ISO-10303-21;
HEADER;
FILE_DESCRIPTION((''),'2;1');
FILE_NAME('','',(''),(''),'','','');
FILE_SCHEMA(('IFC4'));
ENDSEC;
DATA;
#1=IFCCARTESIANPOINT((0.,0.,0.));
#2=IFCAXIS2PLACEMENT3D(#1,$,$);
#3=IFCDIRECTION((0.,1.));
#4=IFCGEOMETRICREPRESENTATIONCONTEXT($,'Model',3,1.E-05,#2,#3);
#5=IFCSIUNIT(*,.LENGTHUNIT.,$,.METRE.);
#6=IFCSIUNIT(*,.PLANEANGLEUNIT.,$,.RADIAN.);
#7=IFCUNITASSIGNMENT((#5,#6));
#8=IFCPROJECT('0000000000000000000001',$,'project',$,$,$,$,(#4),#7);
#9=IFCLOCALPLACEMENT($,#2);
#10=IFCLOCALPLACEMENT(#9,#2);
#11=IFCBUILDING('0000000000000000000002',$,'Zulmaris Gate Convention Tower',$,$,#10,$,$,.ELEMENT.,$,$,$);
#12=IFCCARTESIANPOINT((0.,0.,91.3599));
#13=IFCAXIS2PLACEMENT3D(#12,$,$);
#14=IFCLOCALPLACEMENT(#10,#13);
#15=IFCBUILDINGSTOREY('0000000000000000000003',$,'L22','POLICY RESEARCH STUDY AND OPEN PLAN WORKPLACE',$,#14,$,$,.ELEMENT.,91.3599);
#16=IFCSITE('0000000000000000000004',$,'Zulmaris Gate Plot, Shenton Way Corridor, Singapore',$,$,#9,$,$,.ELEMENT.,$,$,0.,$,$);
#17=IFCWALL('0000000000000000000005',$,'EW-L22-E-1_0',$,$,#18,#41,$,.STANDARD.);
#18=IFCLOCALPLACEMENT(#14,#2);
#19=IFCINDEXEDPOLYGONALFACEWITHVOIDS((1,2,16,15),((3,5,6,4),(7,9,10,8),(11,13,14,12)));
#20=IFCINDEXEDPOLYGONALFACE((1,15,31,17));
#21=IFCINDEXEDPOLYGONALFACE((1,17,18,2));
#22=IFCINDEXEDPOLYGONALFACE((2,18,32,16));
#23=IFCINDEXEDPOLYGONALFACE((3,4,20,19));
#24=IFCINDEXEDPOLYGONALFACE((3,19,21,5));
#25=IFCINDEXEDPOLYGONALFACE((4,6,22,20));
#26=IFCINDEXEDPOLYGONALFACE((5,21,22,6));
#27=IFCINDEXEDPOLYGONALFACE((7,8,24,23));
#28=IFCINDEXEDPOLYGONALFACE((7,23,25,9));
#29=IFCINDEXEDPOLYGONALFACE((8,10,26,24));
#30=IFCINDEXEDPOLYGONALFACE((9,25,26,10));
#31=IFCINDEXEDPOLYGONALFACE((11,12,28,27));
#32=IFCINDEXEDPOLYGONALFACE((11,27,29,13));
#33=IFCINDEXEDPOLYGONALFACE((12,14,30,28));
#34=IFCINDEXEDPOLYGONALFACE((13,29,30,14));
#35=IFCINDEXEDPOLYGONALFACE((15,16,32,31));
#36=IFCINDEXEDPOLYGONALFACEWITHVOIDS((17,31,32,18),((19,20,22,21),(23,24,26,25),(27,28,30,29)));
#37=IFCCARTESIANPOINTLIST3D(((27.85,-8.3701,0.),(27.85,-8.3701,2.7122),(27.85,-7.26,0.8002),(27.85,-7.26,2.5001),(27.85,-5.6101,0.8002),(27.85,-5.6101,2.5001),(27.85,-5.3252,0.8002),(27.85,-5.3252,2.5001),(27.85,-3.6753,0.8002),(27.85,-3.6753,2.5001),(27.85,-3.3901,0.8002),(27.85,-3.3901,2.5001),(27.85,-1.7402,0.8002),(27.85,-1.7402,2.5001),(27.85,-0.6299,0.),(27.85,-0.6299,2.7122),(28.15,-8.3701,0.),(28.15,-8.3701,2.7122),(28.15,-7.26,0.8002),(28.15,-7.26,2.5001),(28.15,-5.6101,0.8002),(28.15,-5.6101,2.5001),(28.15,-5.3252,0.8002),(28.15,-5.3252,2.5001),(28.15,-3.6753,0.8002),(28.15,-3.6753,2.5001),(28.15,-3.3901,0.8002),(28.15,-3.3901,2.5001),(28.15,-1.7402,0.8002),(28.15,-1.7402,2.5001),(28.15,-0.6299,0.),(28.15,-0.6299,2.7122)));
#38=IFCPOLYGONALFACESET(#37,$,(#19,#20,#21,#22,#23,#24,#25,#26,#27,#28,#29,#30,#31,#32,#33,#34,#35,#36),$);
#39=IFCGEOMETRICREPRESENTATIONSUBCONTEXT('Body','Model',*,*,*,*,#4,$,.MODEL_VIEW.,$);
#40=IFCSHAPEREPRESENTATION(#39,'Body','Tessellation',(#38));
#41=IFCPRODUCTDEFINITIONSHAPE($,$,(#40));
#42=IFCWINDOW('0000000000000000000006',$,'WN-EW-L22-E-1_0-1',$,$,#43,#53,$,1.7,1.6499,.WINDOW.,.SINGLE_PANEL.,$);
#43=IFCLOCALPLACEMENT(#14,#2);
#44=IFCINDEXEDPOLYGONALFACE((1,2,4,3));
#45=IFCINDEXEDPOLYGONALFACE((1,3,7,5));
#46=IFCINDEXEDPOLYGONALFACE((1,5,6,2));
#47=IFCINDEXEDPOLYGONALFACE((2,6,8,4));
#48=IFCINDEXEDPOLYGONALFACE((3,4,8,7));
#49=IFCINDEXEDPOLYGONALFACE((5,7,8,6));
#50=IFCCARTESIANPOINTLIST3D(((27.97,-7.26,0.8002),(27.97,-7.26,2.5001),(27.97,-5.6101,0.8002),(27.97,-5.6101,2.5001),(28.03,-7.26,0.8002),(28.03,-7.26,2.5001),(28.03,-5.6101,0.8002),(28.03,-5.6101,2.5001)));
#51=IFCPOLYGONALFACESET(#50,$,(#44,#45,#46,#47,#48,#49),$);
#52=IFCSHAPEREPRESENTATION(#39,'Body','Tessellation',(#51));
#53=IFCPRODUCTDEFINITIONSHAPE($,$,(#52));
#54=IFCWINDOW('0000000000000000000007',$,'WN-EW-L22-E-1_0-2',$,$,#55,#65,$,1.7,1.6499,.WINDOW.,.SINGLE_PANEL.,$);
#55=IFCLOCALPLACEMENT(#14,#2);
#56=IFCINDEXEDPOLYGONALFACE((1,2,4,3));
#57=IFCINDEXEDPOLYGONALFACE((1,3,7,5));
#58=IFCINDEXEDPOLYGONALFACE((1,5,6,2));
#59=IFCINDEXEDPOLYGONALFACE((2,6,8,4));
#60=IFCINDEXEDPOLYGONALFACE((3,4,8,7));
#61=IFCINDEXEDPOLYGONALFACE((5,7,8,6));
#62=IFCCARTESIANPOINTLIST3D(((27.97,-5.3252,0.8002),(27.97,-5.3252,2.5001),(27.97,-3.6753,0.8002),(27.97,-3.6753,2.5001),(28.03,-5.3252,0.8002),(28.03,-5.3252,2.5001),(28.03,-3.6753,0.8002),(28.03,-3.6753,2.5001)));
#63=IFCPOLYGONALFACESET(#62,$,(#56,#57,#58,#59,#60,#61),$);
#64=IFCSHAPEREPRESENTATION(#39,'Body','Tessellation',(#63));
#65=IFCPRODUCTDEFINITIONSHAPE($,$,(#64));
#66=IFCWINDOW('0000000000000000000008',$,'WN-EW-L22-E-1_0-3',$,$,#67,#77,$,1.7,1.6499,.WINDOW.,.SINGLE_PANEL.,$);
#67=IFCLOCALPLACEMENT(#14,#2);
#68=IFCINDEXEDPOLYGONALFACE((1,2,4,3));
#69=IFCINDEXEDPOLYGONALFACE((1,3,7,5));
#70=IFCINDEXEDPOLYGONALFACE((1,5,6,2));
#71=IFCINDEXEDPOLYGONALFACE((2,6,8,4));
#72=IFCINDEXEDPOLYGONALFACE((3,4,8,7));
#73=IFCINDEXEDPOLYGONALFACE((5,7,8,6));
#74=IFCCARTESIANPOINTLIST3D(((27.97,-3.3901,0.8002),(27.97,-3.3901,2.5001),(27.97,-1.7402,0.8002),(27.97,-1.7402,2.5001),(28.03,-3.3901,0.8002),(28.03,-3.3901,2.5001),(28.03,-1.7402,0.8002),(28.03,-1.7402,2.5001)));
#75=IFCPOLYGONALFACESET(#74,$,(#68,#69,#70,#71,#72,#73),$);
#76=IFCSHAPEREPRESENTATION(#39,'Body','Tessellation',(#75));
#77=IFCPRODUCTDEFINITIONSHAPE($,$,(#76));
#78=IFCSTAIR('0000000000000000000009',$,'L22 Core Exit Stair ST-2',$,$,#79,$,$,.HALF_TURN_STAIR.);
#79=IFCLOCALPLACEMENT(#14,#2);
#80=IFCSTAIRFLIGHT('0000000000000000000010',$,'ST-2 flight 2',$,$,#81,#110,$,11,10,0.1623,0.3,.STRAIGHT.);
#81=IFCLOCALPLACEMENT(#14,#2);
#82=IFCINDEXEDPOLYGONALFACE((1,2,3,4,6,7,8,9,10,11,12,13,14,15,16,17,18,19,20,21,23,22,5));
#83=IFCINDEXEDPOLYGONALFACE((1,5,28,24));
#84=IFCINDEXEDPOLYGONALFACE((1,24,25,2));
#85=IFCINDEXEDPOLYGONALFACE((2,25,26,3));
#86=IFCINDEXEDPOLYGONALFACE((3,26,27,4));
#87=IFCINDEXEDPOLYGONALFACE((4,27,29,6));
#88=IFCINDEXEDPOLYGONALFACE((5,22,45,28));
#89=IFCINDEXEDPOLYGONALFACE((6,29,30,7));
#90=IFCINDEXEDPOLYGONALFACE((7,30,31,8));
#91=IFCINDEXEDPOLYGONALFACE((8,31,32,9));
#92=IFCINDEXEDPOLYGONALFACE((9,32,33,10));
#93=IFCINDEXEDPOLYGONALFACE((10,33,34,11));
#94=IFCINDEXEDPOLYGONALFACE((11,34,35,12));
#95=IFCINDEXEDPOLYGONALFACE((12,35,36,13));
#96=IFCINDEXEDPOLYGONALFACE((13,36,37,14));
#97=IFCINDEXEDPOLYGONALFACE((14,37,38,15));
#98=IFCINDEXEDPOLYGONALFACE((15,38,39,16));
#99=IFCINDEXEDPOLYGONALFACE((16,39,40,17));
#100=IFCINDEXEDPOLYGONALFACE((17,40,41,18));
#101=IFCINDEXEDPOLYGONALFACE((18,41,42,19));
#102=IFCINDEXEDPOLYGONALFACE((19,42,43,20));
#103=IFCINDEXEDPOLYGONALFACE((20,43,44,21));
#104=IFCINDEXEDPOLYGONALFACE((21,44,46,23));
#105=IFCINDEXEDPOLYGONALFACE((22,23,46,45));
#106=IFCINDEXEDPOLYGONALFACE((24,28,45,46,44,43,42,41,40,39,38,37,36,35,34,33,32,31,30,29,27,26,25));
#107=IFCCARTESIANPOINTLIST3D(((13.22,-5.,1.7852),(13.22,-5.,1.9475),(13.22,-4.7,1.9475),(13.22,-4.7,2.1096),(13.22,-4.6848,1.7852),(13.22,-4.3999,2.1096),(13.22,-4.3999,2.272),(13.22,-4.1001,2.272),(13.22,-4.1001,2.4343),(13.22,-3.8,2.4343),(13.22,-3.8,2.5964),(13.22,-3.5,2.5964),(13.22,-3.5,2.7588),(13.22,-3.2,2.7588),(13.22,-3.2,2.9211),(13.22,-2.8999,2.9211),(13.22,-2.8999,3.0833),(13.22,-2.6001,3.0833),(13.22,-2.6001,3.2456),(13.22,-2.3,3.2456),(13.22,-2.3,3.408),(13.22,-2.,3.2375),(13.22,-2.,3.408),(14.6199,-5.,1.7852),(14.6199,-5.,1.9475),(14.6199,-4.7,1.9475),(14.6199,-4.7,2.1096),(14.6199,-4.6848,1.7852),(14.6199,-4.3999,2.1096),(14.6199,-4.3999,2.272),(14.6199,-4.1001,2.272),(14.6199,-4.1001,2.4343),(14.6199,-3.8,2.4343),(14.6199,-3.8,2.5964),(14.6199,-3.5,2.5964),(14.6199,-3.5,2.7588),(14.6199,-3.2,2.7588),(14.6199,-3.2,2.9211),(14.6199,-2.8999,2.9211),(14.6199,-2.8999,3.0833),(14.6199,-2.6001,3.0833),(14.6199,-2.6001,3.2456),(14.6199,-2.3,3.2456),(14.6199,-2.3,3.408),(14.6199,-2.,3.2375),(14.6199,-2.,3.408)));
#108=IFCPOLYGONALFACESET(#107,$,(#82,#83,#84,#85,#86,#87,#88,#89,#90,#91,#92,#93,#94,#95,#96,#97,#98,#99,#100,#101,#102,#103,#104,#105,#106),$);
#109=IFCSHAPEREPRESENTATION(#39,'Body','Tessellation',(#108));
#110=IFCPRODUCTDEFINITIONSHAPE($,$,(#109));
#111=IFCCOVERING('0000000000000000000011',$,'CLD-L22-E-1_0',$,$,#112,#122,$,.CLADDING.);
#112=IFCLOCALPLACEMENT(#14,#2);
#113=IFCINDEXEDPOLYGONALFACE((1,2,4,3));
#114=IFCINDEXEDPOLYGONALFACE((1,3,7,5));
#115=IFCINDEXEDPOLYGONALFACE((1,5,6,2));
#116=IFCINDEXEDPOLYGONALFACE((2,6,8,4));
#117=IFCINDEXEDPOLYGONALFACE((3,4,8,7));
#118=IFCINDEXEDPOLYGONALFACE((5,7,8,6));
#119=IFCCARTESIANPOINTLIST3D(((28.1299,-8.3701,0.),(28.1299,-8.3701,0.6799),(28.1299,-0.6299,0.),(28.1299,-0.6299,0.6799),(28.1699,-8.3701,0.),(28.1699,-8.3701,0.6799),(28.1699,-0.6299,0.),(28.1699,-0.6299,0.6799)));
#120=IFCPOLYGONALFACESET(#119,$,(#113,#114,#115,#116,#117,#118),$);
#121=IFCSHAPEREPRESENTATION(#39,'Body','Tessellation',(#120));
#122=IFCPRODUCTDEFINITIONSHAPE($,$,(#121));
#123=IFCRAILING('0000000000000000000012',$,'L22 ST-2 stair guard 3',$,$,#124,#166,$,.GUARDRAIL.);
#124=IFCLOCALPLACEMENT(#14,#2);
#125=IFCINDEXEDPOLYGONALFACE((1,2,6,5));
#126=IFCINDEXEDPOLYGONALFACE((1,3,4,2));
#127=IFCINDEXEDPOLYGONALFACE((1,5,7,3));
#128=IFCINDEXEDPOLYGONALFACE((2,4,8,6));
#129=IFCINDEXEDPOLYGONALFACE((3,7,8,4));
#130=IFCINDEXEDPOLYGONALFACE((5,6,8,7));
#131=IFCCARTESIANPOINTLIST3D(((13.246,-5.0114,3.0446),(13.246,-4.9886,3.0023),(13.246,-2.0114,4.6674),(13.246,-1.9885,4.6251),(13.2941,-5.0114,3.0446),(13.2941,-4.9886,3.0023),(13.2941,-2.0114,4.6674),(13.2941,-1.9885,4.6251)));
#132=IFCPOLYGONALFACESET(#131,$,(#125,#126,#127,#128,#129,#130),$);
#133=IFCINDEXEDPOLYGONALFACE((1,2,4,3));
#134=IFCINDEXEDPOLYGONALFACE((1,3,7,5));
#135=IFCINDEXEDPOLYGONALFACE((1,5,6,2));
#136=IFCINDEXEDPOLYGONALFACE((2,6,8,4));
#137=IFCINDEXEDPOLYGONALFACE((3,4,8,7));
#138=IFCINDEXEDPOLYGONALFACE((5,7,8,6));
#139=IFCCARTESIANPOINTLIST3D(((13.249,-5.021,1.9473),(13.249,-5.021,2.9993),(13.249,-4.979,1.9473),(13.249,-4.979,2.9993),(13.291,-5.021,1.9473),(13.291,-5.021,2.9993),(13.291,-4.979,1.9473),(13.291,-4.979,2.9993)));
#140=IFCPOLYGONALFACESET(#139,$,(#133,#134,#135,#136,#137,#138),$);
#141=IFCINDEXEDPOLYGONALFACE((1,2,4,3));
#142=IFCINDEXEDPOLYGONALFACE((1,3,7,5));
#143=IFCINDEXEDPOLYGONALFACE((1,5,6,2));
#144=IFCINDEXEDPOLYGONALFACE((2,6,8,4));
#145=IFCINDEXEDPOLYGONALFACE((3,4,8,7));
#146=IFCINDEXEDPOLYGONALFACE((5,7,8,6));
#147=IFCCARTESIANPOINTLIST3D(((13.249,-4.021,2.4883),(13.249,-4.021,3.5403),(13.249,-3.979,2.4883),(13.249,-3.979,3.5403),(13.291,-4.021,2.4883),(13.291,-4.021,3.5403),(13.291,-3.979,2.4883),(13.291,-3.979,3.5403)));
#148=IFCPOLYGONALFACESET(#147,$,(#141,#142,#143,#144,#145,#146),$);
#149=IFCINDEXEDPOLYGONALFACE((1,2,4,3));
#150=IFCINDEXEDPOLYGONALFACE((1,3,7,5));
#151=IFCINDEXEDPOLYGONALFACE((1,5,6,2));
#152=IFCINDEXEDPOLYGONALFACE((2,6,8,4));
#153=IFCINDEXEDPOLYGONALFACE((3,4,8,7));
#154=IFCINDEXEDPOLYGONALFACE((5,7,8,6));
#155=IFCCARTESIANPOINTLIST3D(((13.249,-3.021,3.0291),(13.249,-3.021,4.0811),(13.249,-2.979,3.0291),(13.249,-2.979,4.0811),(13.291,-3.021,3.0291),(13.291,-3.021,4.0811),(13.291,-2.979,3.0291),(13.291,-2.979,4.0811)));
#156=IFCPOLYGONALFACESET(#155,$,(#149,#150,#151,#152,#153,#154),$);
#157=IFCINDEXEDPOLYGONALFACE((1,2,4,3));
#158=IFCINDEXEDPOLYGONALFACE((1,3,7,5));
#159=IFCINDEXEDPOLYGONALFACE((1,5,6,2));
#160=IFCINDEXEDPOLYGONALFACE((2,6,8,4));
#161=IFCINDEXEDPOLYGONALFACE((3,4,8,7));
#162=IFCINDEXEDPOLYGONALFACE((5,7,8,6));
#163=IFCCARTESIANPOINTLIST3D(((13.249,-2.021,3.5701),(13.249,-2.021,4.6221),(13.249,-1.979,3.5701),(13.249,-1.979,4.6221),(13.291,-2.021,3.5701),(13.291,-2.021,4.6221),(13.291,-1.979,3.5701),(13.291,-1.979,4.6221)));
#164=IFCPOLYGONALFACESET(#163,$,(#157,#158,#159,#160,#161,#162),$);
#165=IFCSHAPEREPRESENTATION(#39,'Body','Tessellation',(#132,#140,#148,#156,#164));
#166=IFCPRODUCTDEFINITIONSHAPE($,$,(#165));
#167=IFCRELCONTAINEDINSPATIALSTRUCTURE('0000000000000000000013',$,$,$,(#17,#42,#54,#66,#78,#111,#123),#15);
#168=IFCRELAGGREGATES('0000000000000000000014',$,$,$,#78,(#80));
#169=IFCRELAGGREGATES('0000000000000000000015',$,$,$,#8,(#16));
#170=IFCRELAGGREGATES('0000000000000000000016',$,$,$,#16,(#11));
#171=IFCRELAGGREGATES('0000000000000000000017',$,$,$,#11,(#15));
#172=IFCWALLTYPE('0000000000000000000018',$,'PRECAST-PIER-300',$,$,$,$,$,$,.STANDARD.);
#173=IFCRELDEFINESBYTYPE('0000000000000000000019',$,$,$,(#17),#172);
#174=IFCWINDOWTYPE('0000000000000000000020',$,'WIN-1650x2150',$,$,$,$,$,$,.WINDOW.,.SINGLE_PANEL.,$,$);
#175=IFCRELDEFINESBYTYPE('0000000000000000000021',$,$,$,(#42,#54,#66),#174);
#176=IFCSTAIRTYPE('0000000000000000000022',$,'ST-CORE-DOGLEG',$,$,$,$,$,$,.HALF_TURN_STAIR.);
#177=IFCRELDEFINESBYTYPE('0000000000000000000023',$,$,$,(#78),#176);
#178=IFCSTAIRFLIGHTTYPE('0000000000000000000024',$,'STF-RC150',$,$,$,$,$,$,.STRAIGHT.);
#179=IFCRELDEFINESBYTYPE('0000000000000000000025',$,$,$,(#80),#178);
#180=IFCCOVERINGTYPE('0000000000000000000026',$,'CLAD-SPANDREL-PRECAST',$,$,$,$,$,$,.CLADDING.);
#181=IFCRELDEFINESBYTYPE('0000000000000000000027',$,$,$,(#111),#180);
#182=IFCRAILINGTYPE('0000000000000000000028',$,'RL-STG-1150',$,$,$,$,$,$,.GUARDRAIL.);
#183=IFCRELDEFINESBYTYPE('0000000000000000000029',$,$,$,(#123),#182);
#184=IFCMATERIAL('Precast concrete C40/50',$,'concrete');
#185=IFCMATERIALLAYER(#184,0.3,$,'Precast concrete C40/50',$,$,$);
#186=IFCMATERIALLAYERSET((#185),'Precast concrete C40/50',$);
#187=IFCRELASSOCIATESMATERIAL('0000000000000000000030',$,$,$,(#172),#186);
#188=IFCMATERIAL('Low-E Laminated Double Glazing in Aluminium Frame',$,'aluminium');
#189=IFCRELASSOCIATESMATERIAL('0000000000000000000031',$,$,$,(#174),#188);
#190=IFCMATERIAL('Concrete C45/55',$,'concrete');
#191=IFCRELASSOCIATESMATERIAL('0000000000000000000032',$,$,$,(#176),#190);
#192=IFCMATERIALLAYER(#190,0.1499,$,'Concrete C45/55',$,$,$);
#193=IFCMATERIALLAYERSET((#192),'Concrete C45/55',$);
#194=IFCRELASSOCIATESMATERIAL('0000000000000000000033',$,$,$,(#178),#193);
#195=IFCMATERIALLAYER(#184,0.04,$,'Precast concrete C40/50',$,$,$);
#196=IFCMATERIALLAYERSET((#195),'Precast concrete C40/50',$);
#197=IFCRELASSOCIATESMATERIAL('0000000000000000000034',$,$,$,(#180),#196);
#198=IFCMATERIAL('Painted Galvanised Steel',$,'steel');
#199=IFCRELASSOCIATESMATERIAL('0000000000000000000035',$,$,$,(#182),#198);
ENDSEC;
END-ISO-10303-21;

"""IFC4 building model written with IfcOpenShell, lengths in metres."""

from ifc_helpers import new_model, si_unit, direction, frame, frame_2d, origin, origin_2d, place, context, subcontext, project, spatial, polyline, rectangle, outline, extrude, material, layer, layer_set, type_object, element, fill, aggregate, save


model = new_model("IFC4")

# Units and contexts
model_context = context("Model", 3, precision=1e-05, world=origin(), true_north=direction((0.0, 1.0)))
body_context = subcontext(model_context, "Body", "Model", "MODEL_VIEW")
ifc_project = project(units=[si_unit("LENGTHUNIT", "METRE"), si_unit("PLANEANGLEUNIT", "RADIAN")], contexts=[model_context])

# Site, building, storey
site_placement = place(None, origin())
site = spatial("IfcSite", under=ifc_project, at=site_placement, Name="Zulmaris Gate Plot, Shenton Way Corridor, Singapore", CompositionType="ELEMENT", RefElevation=0.0)
building_placement = place(site_placement, origin())
building = spatial("IfcBuilding", under=site, at=building_placement, Name="Zulmaris Gate Convention Tower", CompositionType="ELEMENT")
storey_placement = place(building_placement, frame((0.0, 0.0, 91.3599)))
storey = spatial("IfcBuildingStorey", under=building, at=storey_placement, Name="L22", Description="POLICY RESEARCH STUDY AND OPEN PLAN WORKPLACE", CompositionType="ELEMENT", Elevation=91.3599)

# Wall, openings, windows
ifc_material_1 = material(Name="Precast concrete C40/50", Category="concrete")
ifc_layer_1 = layer(ifc_material_1, 0.3, Name="Precast concrete C40/50")
ifc_layer_set_1 = layer_set([ifc_layer_1], Name="Precast concrete C40/50")
wall_type_1 = type_object("IfcWallType", Name="PRECAST-PIER-300", PredefinedType="STANDARD", material=ifc_layer_set_1)
wall_1_placement = place(storey_placement, frame((28.0, -8.3701, 0.0), z_axis=(0.0, 0.0, 1.0), x_axis=(0.0, 1.0, 0.0)))
wall_1 = element("IfcWall", 1, at=wall_1_placement, inside=storey, type_object=wall_type_1, Name="EW-L22-E-1_0", PredefinedType="STANDARD", context=body_context, shape_type="SweptSolid", body=[
    extrude(rectangle(XDim=7.7402, YDim=0.3, at=frame_2d((3.8701, 0.0))), origin(), (0.0, 0.0, 1.0), 2.7122),
])
opening_1_placement = place(wall_1_placement, frame((1.1101, 0.0, 0.8)))
opening_1 = element("IfcOpeningElement", 2, at=opening_1_placement, cuts=wall_1, PredefinedType="OPENING", context=body_context, shape_type="SweptSolid", body=[
    extrude(rectangle(XDim=1.6499, YDim=1.7, at=frame_2d((0.825, 0.8501))), frame((0.0, 0.1602, 0.0), z_axis=(0.0, -1.0, 0.0), x_axis=(1.0, 0.0, 0.0)), (0.0, 0.0, 1.0), 0.3201),
])
opening_2_placement = place(wall_1_placement, frame((3.0449, 0.0, 0.8)))
opening_2 = element("IfcOpeningElement", 3, at=opening_2_placement, cuts=wall_1, PredefinedType="OPENING", context=body_context, shape_type="SweptSolid", body=[
    extrude(rectangle(XDim=1.6499, YDim=1.7, at=frame_2d((0.825, 0.8501))), frame((0.0, 0.1602, 0.0), z_axis=(0.0, -1.0, 0.0), x_axis=(1.0, 0.0, 0.0)), (0.0, 0.0, 1.0), 0.3201),
])
opening_3_placement = place(wall_1_placement, frame((4.98, 0.0, 0.8)))
opening_3 = element("IfcOpeningElement", 4, at=opening_3_placement, cuts=wall_1, PredefinedType="OPENING", context=body_context, shape_type="SweptSolid", body=[
    extrude(rectangle(XDim=1.6499, YDim=1.7, at=frame_2d((0.825, 0.8501))), frame((0.0, 0.1602, 0.0), z_axis=(0.0, -1.0, 0.0), x_axis=(1.0, 0.0, 0.0)), (0.0, 0.0, 1.0), 0.3201),
])
ifc_material_2 = material(Name="Low-E Laminated Double Glazing in Aluminium Frame", Category="aluminium")
window_type = type_object("IfcWindowType", Name="WIN-1650x2150", PartitioningType="SINGLE_PANEL", PredefinedType="WINDOW", material=ifc_material_2)
window_1_placement = place(opening_1_placement, origin())
window_1 = element("IfcWindow", 5, at=window_1_placement, inside=storey, type_object=window_type, Name="WN-EW-L22-E-1_0-1", OverallHeight=1.7, OverallWidth=1.6499, PartitioningType="SINGLE_PANEL", PredefinedType="WINDOW", context=body_context, shape_type="SweptSolid", body=[
    extrude(rectangle(XDim=1.6499, YDim=1.7, at=frame_2d((0.825, 0.8501))), frame((0.0, 0.03, 0.0), z_axis=(0.0, -1.0, 0.0), x_axis=(1.0, 0.0, 0.0)), (0.0, 0.0, 1.0), 0.0601),
])
fill(opening_1, window_1)
window_2_placement = place(opening_2_placement, origin())
window_2 = element("IfcWindow", 6, at=window_2_placement, inside=storey, type_object=window_type, Name="WN-EW-L22-E-1_0-2", OverallHeight=1.7, OverallWidth=1.6499, PartitioningType="SINGLE_PANEL", PredefinedType="WINDOW", context=body_context, shape_type="SweptSolid", body=[
    extrude(rectangle(XDim=1.6499, YDim=1.7, at=frame_2d((0.825, 0.8501))), frame((0.0, 0.03, 0.0), z_axis=(0.0, -1.0, 0.0), x_axis=(1.0, 0.0, 0.0)), (0.0, 0.0, 1.0), 0.0601),
])
fill(opening_2, window_2)
window_3_placement = place(opening_3_placement, origin())
window_3 = element("IfcWindow", 7, at=window_3_placement, inside=storey, type_object=window_type, Name="WN-EW-L22-E-1_0-3", OverallHeight=1.7, OverallWidth=1.6499, PartitioningType="SINGLE_PANEL", PredefinedType="WINDOW", context=body_context, shape_type="SweptSolid", body=[
    extrude(rectangle(XDim=1.6499, YDim=1.7, at=frame_2d((0.825, 0.8501))), frame((0.0, 0.03, 0.0), z_axis=(0.0, -1.0, 0.0), x_axis=(1.0, 0.0, 0.0)), (0.0, 0.0, 1.0), 0.0601),
])
fill(opening_3, window_3)

# Stair, stair flight
ifc_material_3 = material(Name="Concrete C45/55", Category="concrete")
stair_type = type_object("IfcStairType", Name="ST-CORE-DOGLEG", PredefinedType="HALF_TURN_STAIR", material=ifc_material_3)
stair_placement = place(storey_placement, origin())
stair = element("IfcStair", 8, at=stair_placement, inside=storey, type_object=stair_type, Name="L22 Core Exit Stair ST-2", PredefinedType="HALF_TURN_STAIR")
ifc_layer_2 = layer(ifc_material_3, 0.1499, Name="Concrete C45/55")
ifc_layer_set_2 = layer_set([ifc_layer_2], Name="Concrete C45/55")
stair_flight_type = type_object("IfcStairFlightType", Name="STF-RC150", PredefinedType="STRAIGHT", material=ifc_layer_set_2)
stair_flight_placement = place(storey_placement, frame((13.9199, -5.0, 1.7852), z_axis=(0.0, 0.0, 1.0), x_axis=(0.0, 1.0, 0.0)))
stair_flight = element("IfcStairFlight", 9, at=stair_flight_placement, type_object=stair_flight_type, Name="ST-2 flight 2", NumberOfRisers=11, NumberOfTreads=10, PredefinedType="STRAIGHT", RiserHeight=0.1623, TreadLength=0.3, context=body_context, shape_type="SweptSolid", body=[
    extrude(outline(polyline([(0.0, 0.0), (0.0, 0.1624), (0.3, 0.1624), (0.3, 0.3245), (0.6001, 0.3245), (0.6001, 0.4868), (0.8999, 0.4868), (0.8999, 0.6492), (1.2, 0.6492), (1.2, 0.8113), (1.5, 0.8113), (1.5, 0.9736), (1.8, 0.9736), (1.8, 1.136), (2.1001, 1.136), (2.1001, 1.2981), (2.3999, 1.2981), (2.3999, 1.4604), (2.7, 1.4604), (2.7, 1.6228), (3.0, 1.6228), (3.0, 1.7849), (3.0, 1.4524), (0.3152, 0.0), (0.0, 0.0)])), frame((0.0, 0.7, 0.0), z_axis=(0.0, -1.0, 0.0), x_axis=(1.0, 0.0, 0.0)), (0.0, 0.0, 1.0), 1.3999),
])
aggregate(stair, [stair_flight])

# Covering
ifc_layer_3 = layer(ifc_material_1, 0.04, Name="Precast concrete C40/50")
ifc_layer_set_3 = layer_set([ifc_layer_3], Name="Precast concrete C40/50")
covering_type = type_object("IfcCoveringType", Name="CLAD-SPANDREL-PRECAST", PredefinedType="CLADDING", material=ifc_layer_set_3)
covering_placement = place(storey_placement, frame((28.1499, -8.3701, 0.0), z_axis=(0.0, 0.0, 1.0), x_axis=(0.0, 1.0, 0.0)))
element("IfcCovering", 10, at=covering_placement, inside=storey, type_object=covering_type, Name="CLD-L22-E-1_0", PredefinedType="CLADDING", context=body_context, shape_type="SweptSolid", body=[
    extrude(rectangle(XDim=7.7402, YDim=0.04, at=frame_2d((3.8701, 0.0))), origin(), (0.0, 0.0, 1.0), 0.6799),
])

# Railing
ifc_material_4 = material(Name="Painted Galvanised Steel", Category="steel")
railing_type_1 = type_object("IfcRailingType", Name="RL-STG-1150", PredefinedType="GUARDRAIL", material=ifc_material_4)
railing_1_placement = place(storey_placement, frame((13.27, -5.0, 1.9473)))
element("IfcRailing", 11, at=railing_1_placement, inside=storey, type_object=railing_type_1, Name="L22 ST-2 stair guard 3", PredefinedType="GUARDRAIL", context=body_context, shape_type="SweptSolid", body=[
    extrude(rectangle(XDim=0.0481, YDim=0.0481, at=origin_2d()), frame((0.0, 0.0, 1.0762), z_axis=(0.0, 0.879562, 0.475785), x_axis=(-1.0, 0.0, 0.0)), (0.0, 0.0, 1.0), 3.4109),
    extrude(rectangle(XDim=0.042, YDim=0.042, at=origin_2d()), origin(), (0.0, 0.0, 1.0), 1.052),
    extrude(rectangle(XDim=0.042, YDim=0.042, at=origin_2d()), frame((0.0, 1.0, 0.541)), (0.0, 0.0, 1.0), 1.052),
    extrude(rectangle(XDim=0.042, YDim=0.042, at=origin_2d()), frame((0.0, 2.0, 1.0818)), (0.0, 0.0, 1.0), 1.052),
    extrude(rectangle(XDim=0.042, YDim=0.042, at=origin_2d()), frame((0.0, 3.0, 1.6228)), (0.0, 0.0, 1.0), 1.052),
])

save(model, "model.ifc")
